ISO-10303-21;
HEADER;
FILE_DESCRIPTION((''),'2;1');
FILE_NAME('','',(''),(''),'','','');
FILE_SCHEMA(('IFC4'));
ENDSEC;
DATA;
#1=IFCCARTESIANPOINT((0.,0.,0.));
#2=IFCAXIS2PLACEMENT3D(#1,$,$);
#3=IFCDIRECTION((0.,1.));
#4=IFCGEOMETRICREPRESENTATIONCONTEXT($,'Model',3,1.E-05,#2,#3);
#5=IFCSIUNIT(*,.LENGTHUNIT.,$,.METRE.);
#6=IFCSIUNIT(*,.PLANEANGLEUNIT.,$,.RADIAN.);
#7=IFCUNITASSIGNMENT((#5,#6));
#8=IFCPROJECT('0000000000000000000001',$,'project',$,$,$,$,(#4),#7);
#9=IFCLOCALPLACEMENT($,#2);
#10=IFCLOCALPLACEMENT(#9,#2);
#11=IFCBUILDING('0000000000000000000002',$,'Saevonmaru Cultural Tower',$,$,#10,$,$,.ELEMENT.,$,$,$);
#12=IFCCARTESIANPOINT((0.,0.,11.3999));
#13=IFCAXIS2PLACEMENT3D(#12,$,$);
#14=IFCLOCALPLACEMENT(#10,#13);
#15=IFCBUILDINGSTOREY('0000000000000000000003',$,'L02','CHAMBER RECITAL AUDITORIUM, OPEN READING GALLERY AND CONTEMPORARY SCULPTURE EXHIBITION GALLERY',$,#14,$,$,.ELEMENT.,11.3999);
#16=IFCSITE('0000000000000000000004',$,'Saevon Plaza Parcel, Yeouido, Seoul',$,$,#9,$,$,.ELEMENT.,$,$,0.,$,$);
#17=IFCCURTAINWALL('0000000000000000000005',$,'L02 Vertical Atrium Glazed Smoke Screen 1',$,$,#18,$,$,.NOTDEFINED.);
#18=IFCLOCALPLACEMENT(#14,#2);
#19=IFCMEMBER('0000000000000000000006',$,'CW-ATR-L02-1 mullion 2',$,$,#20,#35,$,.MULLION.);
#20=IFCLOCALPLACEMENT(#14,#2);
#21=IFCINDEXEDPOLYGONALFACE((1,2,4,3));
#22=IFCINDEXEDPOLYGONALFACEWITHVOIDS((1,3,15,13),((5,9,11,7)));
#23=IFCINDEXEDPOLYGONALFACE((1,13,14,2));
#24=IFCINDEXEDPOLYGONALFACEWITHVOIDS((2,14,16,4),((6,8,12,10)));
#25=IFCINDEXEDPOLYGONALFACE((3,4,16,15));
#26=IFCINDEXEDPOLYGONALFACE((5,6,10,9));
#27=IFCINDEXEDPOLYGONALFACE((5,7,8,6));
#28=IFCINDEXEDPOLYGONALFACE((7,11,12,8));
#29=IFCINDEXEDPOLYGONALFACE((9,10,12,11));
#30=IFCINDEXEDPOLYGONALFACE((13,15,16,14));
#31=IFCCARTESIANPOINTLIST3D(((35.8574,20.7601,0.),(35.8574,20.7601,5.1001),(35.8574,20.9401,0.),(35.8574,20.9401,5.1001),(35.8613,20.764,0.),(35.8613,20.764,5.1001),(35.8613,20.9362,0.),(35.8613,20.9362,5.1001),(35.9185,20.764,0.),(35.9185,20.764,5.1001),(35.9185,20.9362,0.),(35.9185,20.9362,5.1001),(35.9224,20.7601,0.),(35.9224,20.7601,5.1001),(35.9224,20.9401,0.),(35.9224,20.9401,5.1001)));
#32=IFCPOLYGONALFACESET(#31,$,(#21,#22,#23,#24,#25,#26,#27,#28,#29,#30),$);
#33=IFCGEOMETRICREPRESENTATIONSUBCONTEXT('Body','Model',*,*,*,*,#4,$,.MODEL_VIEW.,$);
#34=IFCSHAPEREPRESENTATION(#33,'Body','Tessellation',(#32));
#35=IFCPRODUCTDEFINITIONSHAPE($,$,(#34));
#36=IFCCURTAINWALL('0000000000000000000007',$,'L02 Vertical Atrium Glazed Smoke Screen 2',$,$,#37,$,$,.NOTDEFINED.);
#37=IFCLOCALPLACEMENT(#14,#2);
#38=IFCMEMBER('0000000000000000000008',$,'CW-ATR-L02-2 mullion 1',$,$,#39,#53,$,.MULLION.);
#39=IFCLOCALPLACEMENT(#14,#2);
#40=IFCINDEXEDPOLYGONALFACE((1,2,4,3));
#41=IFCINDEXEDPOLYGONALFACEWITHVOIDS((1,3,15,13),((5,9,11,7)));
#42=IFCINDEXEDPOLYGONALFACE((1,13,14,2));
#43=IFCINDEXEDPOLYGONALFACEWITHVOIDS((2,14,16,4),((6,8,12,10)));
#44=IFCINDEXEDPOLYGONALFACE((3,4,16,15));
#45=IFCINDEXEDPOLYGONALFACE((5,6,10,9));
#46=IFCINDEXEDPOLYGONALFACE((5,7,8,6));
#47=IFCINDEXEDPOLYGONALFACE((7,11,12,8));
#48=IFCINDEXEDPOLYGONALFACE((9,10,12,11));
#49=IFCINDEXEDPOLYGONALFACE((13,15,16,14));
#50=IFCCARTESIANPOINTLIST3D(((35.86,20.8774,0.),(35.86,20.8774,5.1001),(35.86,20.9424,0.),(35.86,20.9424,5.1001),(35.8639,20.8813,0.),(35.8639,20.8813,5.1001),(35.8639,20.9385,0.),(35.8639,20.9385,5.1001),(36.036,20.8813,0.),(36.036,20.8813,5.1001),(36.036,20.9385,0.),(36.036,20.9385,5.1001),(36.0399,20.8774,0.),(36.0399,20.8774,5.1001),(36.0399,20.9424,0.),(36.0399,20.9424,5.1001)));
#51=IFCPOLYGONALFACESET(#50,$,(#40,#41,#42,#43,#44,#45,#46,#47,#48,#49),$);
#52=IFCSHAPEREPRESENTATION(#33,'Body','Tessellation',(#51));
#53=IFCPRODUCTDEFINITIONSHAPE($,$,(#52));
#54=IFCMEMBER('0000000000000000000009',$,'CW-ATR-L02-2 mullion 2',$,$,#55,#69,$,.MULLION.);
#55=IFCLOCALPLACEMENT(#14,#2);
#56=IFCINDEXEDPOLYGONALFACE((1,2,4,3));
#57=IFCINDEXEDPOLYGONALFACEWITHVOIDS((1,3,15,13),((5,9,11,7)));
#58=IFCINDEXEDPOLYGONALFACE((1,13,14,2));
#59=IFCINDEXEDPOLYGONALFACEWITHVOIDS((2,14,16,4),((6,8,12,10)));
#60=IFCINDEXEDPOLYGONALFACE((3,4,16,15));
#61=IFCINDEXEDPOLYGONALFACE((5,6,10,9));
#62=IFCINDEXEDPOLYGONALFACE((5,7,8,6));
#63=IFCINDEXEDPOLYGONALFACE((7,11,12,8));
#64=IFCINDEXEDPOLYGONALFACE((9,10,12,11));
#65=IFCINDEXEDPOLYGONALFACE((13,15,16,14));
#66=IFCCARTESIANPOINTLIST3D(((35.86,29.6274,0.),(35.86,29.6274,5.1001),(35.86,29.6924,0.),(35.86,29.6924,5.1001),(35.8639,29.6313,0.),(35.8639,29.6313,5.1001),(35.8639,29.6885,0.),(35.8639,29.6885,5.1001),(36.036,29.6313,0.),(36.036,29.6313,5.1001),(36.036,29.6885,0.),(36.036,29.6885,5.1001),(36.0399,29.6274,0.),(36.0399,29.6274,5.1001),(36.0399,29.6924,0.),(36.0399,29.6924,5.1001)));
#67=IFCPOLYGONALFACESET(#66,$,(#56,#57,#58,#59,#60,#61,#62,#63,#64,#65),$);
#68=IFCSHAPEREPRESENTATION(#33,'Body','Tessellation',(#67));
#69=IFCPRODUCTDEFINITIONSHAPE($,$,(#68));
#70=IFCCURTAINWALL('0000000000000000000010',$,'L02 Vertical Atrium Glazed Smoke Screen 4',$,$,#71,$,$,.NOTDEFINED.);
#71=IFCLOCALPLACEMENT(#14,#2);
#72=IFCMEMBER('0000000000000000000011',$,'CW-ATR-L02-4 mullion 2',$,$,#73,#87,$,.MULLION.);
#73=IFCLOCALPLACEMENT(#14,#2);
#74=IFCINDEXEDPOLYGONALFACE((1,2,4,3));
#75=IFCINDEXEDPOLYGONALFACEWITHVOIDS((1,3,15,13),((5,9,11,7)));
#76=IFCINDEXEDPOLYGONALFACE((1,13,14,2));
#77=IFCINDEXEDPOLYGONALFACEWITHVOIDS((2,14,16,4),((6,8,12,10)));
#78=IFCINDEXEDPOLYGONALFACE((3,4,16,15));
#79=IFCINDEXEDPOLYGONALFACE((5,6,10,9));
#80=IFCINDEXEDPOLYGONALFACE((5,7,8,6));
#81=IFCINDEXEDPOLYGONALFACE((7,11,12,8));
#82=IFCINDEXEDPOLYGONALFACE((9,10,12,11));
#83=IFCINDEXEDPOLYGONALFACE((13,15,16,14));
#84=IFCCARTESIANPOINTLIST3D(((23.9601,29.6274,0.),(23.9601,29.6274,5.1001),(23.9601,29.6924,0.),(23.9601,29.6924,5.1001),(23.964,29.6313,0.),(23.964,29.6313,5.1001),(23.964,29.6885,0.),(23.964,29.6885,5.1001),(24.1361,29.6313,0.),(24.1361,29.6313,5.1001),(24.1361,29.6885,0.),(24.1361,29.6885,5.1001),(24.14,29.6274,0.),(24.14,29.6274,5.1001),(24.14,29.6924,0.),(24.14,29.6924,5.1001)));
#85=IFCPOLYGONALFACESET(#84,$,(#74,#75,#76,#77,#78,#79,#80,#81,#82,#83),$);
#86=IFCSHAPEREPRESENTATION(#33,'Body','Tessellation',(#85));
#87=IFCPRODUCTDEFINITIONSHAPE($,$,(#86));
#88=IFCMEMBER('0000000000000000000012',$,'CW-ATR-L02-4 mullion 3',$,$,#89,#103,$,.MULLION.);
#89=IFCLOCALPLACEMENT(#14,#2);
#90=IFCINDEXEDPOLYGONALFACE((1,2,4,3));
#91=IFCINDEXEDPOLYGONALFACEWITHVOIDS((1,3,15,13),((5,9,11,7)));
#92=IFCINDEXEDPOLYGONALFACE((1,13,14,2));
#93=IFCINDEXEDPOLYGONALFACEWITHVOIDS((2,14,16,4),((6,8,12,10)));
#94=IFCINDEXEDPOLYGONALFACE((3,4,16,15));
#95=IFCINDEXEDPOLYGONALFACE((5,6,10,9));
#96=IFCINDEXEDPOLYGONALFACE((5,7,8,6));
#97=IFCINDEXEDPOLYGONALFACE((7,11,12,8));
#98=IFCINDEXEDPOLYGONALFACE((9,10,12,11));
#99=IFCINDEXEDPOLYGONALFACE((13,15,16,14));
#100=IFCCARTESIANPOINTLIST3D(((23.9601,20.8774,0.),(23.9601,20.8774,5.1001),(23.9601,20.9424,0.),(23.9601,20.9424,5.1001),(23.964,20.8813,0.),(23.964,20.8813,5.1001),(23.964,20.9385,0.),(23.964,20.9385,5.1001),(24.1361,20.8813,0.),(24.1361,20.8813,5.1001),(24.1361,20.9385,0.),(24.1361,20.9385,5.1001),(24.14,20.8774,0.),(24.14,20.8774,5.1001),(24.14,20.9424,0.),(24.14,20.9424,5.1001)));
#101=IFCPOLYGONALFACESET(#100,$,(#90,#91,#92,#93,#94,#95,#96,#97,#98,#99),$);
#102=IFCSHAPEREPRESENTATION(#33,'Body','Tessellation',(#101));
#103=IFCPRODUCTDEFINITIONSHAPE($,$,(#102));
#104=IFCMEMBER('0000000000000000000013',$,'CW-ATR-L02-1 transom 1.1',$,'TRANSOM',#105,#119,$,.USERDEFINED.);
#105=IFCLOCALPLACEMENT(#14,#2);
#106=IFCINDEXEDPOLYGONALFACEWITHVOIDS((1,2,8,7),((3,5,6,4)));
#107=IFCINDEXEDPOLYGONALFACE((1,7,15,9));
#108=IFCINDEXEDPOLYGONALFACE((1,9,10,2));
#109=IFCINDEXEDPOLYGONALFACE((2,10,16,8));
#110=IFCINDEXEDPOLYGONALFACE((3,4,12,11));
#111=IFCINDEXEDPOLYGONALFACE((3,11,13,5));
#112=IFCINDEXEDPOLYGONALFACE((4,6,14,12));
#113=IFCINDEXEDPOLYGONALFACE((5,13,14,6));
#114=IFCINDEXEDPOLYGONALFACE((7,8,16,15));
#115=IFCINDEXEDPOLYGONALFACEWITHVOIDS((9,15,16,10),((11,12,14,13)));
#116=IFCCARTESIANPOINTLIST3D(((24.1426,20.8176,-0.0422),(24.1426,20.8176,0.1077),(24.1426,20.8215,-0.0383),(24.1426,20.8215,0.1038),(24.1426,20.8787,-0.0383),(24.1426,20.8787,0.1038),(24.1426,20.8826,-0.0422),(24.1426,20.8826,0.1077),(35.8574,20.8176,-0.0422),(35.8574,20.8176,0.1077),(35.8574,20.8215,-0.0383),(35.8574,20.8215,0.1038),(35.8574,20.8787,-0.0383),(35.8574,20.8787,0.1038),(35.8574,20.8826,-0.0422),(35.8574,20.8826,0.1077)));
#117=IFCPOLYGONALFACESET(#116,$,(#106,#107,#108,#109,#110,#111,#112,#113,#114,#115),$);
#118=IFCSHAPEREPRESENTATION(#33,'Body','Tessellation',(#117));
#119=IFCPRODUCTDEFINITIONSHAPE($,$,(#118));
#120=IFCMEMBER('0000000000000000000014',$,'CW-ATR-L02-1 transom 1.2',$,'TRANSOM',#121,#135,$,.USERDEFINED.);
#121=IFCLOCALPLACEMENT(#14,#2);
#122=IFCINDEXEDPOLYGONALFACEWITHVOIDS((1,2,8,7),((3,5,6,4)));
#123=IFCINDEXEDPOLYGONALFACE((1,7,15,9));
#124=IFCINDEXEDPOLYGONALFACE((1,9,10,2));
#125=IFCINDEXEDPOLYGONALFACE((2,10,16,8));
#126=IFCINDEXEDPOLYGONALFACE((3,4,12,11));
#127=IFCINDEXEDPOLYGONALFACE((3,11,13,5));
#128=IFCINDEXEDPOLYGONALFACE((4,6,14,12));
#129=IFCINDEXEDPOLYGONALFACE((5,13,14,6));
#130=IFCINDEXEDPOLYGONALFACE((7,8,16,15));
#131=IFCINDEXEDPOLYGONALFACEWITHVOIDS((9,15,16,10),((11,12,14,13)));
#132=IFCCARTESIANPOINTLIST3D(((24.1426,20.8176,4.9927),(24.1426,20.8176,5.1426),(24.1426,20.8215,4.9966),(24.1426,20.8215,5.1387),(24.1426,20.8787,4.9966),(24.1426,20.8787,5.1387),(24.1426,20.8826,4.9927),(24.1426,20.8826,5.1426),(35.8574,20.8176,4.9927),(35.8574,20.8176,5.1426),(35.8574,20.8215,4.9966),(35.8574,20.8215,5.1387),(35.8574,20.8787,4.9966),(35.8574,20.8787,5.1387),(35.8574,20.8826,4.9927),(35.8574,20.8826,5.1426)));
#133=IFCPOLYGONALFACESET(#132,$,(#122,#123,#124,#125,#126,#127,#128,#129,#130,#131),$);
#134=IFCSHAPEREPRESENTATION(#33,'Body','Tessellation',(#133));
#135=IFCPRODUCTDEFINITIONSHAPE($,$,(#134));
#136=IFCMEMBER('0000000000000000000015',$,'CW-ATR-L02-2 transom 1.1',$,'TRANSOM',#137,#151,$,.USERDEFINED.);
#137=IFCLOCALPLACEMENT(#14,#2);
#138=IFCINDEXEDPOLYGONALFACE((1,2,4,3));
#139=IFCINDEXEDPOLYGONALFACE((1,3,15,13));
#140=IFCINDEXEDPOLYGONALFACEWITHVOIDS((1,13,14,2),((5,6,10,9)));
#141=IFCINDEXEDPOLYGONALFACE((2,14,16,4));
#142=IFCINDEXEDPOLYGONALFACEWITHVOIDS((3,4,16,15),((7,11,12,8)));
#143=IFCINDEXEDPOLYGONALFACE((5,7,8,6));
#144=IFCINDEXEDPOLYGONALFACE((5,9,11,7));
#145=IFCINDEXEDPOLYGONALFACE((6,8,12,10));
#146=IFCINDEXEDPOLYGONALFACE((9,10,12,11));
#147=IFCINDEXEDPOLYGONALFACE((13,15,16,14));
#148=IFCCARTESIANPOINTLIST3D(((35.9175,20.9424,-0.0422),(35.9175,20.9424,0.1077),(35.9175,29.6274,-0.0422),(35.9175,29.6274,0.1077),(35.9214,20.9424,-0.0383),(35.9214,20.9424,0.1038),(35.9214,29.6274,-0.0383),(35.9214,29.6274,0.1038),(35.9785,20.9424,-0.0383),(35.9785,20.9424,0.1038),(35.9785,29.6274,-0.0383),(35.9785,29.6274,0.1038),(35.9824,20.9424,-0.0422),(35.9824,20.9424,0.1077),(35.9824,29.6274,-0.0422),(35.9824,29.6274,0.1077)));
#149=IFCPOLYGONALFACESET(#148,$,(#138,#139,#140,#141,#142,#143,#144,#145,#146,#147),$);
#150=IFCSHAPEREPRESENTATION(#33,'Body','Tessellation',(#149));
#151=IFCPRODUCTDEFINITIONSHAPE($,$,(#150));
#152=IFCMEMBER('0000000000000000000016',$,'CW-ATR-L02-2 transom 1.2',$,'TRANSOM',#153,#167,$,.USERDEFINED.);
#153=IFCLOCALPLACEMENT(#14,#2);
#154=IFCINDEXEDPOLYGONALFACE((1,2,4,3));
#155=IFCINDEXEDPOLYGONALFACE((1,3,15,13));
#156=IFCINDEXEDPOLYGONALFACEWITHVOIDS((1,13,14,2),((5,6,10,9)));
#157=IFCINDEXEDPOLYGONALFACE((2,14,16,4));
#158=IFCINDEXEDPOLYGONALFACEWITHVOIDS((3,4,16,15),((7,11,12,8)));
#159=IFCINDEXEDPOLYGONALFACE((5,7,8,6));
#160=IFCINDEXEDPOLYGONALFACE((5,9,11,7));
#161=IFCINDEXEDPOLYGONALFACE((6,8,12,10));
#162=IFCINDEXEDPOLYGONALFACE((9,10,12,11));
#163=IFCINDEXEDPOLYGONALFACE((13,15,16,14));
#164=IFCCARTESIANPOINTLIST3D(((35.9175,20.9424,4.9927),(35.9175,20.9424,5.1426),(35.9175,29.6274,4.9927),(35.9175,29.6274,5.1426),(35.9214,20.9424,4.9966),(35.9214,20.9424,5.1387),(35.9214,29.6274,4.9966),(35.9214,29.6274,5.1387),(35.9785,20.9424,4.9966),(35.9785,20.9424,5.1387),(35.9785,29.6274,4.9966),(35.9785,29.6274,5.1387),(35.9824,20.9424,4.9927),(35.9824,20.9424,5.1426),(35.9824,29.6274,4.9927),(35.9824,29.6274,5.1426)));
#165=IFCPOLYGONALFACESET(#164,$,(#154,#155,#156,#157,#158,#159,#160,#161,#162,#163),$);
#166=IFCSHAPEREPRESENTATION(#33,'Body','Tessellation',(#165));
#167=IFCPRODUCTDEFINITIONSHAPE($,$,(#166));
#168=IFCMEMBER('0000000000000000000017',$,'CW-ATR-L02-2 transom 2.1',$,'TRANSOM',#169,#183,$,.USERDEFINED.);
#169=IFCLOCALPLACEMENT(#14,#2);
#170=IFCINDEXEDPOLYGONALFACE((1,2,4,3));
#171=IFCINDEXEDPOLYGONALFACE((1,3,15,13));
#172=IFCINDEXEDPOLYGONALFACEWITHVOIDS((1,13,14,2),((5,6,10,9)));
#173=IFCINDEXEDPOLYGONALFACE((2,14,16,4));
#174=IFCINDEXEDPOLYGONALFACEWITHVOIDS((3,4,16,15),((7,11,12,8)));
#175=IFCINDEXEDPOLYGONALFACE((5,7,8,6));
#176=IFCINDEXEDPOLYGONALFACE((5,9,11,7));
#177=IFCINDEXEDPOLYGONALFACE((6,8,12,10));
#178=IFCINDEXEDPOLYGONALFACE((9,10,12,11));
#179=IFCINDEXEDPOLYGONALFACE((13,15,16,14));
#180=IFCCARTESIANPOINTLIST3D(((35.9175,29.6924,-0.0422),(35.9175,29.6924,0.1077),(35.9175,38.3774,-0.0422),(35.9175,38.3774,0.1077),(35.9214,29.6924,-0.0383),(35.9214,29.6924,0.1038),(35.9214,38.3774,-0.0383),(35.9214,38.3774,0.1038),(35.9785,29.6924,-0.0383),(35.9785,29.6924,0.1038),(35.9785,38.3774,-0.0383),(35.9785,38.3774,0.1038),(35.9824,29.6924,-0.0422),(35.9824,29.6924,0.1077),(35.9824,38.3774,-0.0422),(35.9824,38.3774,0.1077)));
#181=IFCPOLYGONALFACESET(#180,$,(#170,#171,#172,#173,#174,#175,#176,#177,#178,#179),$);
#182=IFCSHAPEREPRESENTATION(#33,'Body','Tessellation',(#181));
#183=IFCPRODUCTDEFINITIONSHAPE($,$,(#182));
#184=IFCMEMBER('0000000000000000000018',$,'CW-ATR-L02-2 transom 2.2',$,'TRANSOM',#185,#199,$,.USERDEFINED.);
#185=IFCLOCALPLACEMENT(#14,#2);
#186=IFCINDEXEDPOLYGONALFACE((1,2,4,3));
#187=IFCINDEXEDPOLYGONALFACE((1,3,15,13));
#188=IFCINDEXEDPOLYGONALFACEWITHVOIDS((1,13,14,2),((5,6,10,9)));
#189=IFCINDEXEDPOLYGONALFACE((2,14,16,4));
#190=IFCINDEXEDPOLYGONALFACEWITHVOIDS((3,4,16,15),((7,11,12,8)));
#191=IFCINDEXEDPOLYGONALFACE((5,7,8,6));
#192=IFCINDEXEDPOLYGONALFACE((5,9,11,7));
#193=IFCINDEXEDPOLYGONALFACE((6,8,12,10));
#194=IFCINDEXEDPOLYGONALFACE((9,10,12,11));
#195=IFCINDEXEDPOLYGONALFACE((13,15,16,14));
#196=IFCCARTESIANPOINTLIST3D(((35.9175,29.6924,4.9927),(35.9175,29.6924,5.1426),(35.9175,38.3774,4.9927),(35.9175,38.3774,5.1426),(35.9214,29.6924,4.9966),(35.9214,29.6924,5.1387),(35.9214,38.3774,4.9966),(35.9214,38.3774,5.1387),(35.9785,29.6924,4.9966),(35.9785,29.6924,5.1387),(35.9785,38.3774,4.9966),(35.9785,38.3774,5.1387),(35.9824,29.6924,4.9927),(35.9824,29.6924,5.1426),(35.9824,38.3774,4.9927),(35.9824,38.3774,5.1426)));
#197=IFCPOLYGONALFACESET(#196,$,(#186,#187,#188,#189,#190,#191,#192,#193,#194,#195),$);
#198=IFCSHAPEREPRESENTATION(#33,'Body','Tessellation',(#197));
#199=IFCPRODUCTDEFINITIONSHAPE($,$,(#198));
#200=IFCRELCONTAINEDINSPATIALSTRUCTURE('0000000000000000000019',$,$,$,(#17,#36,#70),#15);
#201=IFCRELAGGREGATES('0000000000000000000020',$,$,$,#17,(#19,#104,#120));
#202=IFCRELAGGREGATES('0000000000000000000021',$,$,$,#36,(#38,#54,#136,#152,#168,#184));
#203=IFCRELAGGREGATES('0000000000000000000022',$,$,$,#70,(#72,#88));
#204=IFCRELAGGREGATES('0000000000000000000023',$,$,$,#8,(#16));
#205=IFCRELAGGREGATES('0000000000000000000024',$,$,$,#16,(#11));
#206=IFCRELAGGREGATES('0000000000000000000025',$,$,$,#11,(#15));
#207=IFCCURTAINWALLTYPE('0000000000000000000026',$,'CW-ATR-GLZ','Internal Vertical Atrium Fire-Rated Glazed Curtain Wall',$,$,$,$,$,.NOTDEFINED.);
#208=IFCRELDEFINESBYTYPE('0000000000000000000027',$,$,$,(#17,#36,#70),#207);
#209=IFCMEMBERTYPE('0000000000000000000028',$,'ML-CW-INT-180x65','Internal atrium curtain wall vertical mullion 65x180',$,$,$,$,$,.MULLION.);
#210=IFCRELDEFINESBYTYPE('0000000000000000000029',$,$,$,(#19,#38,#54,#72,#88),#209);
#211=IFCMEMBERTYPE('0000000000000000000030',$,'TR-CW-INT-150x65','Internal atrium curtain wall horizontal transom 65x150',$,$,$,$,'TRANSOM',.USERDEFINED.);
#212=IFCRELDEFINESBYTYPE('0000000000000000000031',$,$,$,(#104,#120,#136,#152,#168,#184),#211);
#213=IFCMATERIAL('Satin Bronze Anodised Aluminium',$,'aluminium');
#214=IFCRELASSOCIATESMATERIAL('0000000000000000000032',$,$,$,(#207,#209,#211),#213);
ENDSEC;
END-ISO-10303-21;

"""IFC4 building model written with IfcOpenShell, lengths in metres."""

from ifc_helpers import new_model, si_unit, direction, frame, origin, origin_2d, place, context, subcontext, project, spatial, hollow_rectangle, extrude, material, material_profile, profile_set, type_object, element, aggregate, save


model = new_model("IFC4")

# Units and contexts
model_context = context("Model", 3, precision=1e-05, world=origin(), true_north=direction((0.0, 1.0)))
body_context = subcontext(model_context, "Body", "Model", "MODEL_VIEW")
ifc_project = project(units=[si_unit("LENGTHUNIT", "METRE"), si_unit("PLANEANGLEUNIT", "RADIAN")], contexts=[model_context])

# Site, building, storey
site_placement = place(None, origin())
site = spatial("IfcSite", under=ifc_project, at=site_placement, Name="Saevon Plaza Parcel, Yeouido, Seoul", CompositionType="ELEMENT", RefElevation=0.0)
building_placement = place(site_placement, origin())
building = spatial("IfcBuilding", under=site, at=building_placement, Name="Saevonmaru Cultural Tower", CompositionType="ELEMENT")
storey_placement = place(building_placement, frame((0.0, 0.0, 11.3999)))
storey = spatial("IfcBuildingStorey", under=building, at=storey_placement, Name="L02", Description="CHAMBER RECITAL AUDITORIUM, OPEN READING GALLERY AND CONTEMPORARY SCULPTURE EXHIBITION GALLERY", CompositionType="ELEMENT", Elevation=11.3999)

# Curtain walls, members
ifc_material_1 = material(Name="Satin Bronze Anodised Aluminium", Category="aluminium")
curtain_wall_type = type_object("IfcCurtainWallType", Name="CW-ATR-GLZ", Description="Internal Vertical Atrium Fire-Rated Glazed Curtain Wall", PredefinedType="NOTDEFINED", material=ifc_material_1)
curtain_wall_1_placement = place(storey_placement, origin())
curtain_wall_1 = element("IfcCurtainWall", 1, at=curtain_wall_1_placement, inside=storey, type_object=curtain_wall_type, Name="L02 Vertical Atrium Glazed Smoke Screen 1", PredefinedType="NOTDEFINED")
ifc_material_profile_1 = material_profile(ifc_material_1, hollow_rectangle(XDim=0.0649, YDim=0.1799, WallThickness=0.0039, at=origin_2d()), Name="ALU-MULL-180x65x4")
ifc_profile_set_1 = profile_set([ifc_material_profile_1], Name="Satin Bronze Anodised Aluminium")
member_type_1 = type_object("IfcMemberType", Name="ML-CW-INT-180x65", Description="Internal atrium curtain wall vertical mullion 65x180", PredefinedType="MULLION", material=ifc_profile_set_1)
member_1_placement = place(storey_placement, frame((35.8899, 20.8501, 0.0), z_axis=(0.0, 0.0, 1.0), x_axis=(1.0, 0.0, 0.0)))
member_1 = element("IfcMember", 2, at=member_1_placement, type_object=member_type_1, Name="CW-ATR-L02-1 mullion 2", PredefinedType="MULLION", context=body_context, shape_type="SweptSolid", body=[
    extrude(hollow_rectangle(XDim=0.0649, YDim=0.1799, WallThickness=0.0039, at=origin_2d()), origin(), (0.0, 0.0, 1.0), 5.1001),
])
curtain_wall_2_placement = place(storey_placement, origin())
curtain_wall_2 = element("IfcCurtainWall", 3, at=curtain_wall_2_placement, inside=storey, type_object=curtain_wall_type, Name="L02 Vertical Atrium Glazed Smoke Screen 2", PredefinedType="NOTDEFINED")
member_2_placement = place(storey_placement, frame((35.95, 20.9099, 0.0), z_axis=(0.0, 0.0, 1.0), x_axis=(0.0, 1.0, 0.0)))
member_2 = element("IfcMember", 4, at=member_2_placement, type_object=member_type_1, Name="CW-ATR-L02-2 mullion 1", PredefinedType="MULLION", context=body_context, shape_type="SweptSolid", body=[
    extrude(hollow_rectangle(XDim=0.0649, YDim=0.1799, WallThickness=0.0039, at=origin_2d()), origin(), (0.0, 0.0, 1.0), 5.1001),
])
member_3_placement = place(storey_placement, frame((35.95, 29.6599, 0.0), z_axis=(0.0, 0.0, 1.0), x_axis=(0.0, 1.0, 0.0)))
member_3 = element("IfcMember", 5, at=member_3_placement, type_object=member_type_1, Name="CW-ATR-L02-2 mullion 2", PredefinedType="MULLION", context=body_context, shape_type="SweptSolid", body=[
    extrude(hollow_rectangle(XDim=0.0649, YDim=0.1799, WallThickness=0.0039, at=origin_2d()), origin(), (0.0, 0.0, 1.0), 5.1001),
])
curtain_wall_3_placement = place(storey_placement, origin())
curtain_wall_3 = element("IfcCurtainWall", 6, at=curtain_wall_3_placement, inside=storey, type_object=curtain_wall_type, Name="L02 Vertical Atrium Glazed Smoke Screen 4", PredefinedType="NOTDEFINED")
member_4_placement = place(storey_placement, frame((24.05, 29.6599, 0.0), z_axis=(0.0, 0.0, 1.0), x_axis=(0.0, -1.0, 0.0)))
member_4 = element("IfcMember", 7, at=member_4_placement, type_object=member_type_1, Name="CW-ATR-L02-4 mullion 2", PredefinedType="MULLION", context=body_context, shape_type="SweptSolid", body=[
    extrude(hollow_rectangle(XDim=0.0649, YDim=0.1799, WallThickness=0.0039, at=origin_2d()), origin(), (0.0, 0.0, 1.0), 5.1001),
])
member_5_placement = place(storey_placement, frame((24.05, 20.9099, 0.0), z_axis=(0.0, 0.0, 1.0), x_axis=(0.0, -1.0, 0.0)))
member_5 = element("IfcMember", 8, at=member_5_placement, type_object=member_type_1, Name="CW-ATR-L02-4 mullion 3", PredefinedType="MULLION", context=body_context, shape_type="SweptSolid", body=[
    extrude(hollow_rectangle(XDim=0.0649, YDim=0.1799, WallThickness=0.0039, at=origin_2d()), origin(), (0.0, 0.0, 1.0), 5.1001),
])

# Members
ifc_material_profile_2 = material_profile(ifc_material_1, hollow_rectangle(XDim=0.0649, YDim=0.1499, WallThickness=0.0039, at=origin_2d()), Name="ALU-TRAN-150x65x4")
ifc_profile_set_2 = profile_set([ifc_material_profile_2], Name="Satin Bronze Anodised Aluminium")
member_type_2 = type_object("IfcMemberType", Name="TR-CW-INT-150x65", Description="Internal atrium curtain wall horizontal transom 65x150", ElementType="TRANSOM", PredefinedType="USERDEFINED", material=ifc_profile_set_2)
member_6_placement = place(storey_placement, frame((24.1426, 20.8501, 0.0327), z_axis=(1.0, 0.0, 0.0), x_axis=(0.0, 1.0, 0.0)))
member_6 = element("IfcMember", 9, at=member_6_placement, type_object=member_type_2, Name="CW-ATR-L02-1 transom 1.1", ObjectType="TRANSOM", PredefinedType="USERDEFINED", context=body_context, shape_type="SweptSolid", body=[
    extrude(hollow_rectangle(XDim=0.0649, YDim=0.1499, WallThickness=0.0039, at=origin_2d()), origin(), (0.0, 0.0, 1.0), 11.7148),
])
member_7_placement = place(storey_placement, frame((24.1426, 20.8501, 5.0676), z_axis=(1.0, 0.0, 0.0), x_axis=(0.0, 1.0, 0.0)))
member_7 = element("IfcMember", 10, at=member_7_placement, type_object=member_type_2, Name="CW-ATR-L02-1 transom 1.2", ObjectType="TRANSOM", PredefinedType="USERDEFINED", context=body_context, shape_type="SweptSolid", body=[
    extrude(hollow_rectangle(XDim=0.0649, YDim=0.1499, WallThickness=0.0039, at=origin_2d()), origin(), (0.0, 0.0, 1.0), 11.7148),
])
member_8_placement = place(storey_placement, frame((35.95, 20.9424, 0.0327), z_axis=(0.0, 1.0, 0.0), x_axis=(-1.0, 0.0, 0.0)))
member_8 = element("IfcMember", 11, at=member_8_placement, type_object=member_type_2, Name="CW-ATR-L02-2 transom 1.1", ObjectType="TRANSOM", PredefinedType="USERDEFINED", context=body_context, shape_type="SweptSolid", body=[
    extrude(hollow_rectangle(XDim=0.0649, YDim=0.1499, WallThickness=0.0039, at=origin_2d()), origin(), (0.0, 0.0, 1.0), 8.6851),
])
member_9_placement = place(storey_placement, frame((35.95, 20.9424, 5.0676), z_axis=(0.0, 1.0, 0.0), x_axis=(-1.0, 0.0, 0.0)))
member_9 = element("IfcMember", 12, at=member_9_placement, type_object=member_type_2, Name="CW-ATR-L02-2 transom 1.2", ObjectType="TRANSOM", PredefinedType="USERDEFINED", context=body_context, shape_type="SweptSolid", body=[
    extrude(hollow_rectangle(XDim=0.0649, YDim=0.1499, WallThickness=0.0039, at=origin_2d()), origin(), (0.0, 0.0, 1.0), 8.6851),
])
member_10_placement = place(storey_placement, frame((35.95, 29.6924, 0.0327), z_axis=(0.0, 1.0, 0.0), x_axis=(-1.0, 0.0, 0.0)))
member_10 = element("IfcMember", 13, at=member_10_placement, type_object=member_type_2, Name="CW-ATR-L02-2 transom 2.1", ObjectType="TRANSOM", PredefinedType="USERDEFINED", context=body_context, shape_type="SweptSolid", body=[
    extrude(hollow_rectangle(XDim=0.0649, YDim=0.1499, WallThickness=0.0039, at=origin_2d()), origin(), (0.0, 0.0, 1.0), 8.6851),
])
member_11_placement = place(storey_placement, frame((35.95, 29.6924, 5.0676), z_axis=(0.0, 1.0, 0.0), x_axis=(-1.0, 0.0, 0.0)))
member_11 = element("IfcMember", 14, at=member_11_placement, type_object=member_type_2, Name="CW-ATR-L02-2 transom 2.2", ObjectType="TRANSOM", PredefinedType="USERDEFINED", context=body_context, shape_type="SweptSolid", body=[
    extrude(hollow_rectangle(XDim=0.0649, YDim=0.1499, WallThickness=0.0039, at=origin_2d()), origin(), (0.0, 0.0, 1.0), 8.6851),
])

aggregate(curtain_wall_1, [member_1, member_6, member_7])
aggregate(curtain_wall_2, [member_2, member_3, member_8, member_9, member_10, member_11])
aggregate(curtain_wall_3, [member_4, member_5])

save(model, "model.ifc")
